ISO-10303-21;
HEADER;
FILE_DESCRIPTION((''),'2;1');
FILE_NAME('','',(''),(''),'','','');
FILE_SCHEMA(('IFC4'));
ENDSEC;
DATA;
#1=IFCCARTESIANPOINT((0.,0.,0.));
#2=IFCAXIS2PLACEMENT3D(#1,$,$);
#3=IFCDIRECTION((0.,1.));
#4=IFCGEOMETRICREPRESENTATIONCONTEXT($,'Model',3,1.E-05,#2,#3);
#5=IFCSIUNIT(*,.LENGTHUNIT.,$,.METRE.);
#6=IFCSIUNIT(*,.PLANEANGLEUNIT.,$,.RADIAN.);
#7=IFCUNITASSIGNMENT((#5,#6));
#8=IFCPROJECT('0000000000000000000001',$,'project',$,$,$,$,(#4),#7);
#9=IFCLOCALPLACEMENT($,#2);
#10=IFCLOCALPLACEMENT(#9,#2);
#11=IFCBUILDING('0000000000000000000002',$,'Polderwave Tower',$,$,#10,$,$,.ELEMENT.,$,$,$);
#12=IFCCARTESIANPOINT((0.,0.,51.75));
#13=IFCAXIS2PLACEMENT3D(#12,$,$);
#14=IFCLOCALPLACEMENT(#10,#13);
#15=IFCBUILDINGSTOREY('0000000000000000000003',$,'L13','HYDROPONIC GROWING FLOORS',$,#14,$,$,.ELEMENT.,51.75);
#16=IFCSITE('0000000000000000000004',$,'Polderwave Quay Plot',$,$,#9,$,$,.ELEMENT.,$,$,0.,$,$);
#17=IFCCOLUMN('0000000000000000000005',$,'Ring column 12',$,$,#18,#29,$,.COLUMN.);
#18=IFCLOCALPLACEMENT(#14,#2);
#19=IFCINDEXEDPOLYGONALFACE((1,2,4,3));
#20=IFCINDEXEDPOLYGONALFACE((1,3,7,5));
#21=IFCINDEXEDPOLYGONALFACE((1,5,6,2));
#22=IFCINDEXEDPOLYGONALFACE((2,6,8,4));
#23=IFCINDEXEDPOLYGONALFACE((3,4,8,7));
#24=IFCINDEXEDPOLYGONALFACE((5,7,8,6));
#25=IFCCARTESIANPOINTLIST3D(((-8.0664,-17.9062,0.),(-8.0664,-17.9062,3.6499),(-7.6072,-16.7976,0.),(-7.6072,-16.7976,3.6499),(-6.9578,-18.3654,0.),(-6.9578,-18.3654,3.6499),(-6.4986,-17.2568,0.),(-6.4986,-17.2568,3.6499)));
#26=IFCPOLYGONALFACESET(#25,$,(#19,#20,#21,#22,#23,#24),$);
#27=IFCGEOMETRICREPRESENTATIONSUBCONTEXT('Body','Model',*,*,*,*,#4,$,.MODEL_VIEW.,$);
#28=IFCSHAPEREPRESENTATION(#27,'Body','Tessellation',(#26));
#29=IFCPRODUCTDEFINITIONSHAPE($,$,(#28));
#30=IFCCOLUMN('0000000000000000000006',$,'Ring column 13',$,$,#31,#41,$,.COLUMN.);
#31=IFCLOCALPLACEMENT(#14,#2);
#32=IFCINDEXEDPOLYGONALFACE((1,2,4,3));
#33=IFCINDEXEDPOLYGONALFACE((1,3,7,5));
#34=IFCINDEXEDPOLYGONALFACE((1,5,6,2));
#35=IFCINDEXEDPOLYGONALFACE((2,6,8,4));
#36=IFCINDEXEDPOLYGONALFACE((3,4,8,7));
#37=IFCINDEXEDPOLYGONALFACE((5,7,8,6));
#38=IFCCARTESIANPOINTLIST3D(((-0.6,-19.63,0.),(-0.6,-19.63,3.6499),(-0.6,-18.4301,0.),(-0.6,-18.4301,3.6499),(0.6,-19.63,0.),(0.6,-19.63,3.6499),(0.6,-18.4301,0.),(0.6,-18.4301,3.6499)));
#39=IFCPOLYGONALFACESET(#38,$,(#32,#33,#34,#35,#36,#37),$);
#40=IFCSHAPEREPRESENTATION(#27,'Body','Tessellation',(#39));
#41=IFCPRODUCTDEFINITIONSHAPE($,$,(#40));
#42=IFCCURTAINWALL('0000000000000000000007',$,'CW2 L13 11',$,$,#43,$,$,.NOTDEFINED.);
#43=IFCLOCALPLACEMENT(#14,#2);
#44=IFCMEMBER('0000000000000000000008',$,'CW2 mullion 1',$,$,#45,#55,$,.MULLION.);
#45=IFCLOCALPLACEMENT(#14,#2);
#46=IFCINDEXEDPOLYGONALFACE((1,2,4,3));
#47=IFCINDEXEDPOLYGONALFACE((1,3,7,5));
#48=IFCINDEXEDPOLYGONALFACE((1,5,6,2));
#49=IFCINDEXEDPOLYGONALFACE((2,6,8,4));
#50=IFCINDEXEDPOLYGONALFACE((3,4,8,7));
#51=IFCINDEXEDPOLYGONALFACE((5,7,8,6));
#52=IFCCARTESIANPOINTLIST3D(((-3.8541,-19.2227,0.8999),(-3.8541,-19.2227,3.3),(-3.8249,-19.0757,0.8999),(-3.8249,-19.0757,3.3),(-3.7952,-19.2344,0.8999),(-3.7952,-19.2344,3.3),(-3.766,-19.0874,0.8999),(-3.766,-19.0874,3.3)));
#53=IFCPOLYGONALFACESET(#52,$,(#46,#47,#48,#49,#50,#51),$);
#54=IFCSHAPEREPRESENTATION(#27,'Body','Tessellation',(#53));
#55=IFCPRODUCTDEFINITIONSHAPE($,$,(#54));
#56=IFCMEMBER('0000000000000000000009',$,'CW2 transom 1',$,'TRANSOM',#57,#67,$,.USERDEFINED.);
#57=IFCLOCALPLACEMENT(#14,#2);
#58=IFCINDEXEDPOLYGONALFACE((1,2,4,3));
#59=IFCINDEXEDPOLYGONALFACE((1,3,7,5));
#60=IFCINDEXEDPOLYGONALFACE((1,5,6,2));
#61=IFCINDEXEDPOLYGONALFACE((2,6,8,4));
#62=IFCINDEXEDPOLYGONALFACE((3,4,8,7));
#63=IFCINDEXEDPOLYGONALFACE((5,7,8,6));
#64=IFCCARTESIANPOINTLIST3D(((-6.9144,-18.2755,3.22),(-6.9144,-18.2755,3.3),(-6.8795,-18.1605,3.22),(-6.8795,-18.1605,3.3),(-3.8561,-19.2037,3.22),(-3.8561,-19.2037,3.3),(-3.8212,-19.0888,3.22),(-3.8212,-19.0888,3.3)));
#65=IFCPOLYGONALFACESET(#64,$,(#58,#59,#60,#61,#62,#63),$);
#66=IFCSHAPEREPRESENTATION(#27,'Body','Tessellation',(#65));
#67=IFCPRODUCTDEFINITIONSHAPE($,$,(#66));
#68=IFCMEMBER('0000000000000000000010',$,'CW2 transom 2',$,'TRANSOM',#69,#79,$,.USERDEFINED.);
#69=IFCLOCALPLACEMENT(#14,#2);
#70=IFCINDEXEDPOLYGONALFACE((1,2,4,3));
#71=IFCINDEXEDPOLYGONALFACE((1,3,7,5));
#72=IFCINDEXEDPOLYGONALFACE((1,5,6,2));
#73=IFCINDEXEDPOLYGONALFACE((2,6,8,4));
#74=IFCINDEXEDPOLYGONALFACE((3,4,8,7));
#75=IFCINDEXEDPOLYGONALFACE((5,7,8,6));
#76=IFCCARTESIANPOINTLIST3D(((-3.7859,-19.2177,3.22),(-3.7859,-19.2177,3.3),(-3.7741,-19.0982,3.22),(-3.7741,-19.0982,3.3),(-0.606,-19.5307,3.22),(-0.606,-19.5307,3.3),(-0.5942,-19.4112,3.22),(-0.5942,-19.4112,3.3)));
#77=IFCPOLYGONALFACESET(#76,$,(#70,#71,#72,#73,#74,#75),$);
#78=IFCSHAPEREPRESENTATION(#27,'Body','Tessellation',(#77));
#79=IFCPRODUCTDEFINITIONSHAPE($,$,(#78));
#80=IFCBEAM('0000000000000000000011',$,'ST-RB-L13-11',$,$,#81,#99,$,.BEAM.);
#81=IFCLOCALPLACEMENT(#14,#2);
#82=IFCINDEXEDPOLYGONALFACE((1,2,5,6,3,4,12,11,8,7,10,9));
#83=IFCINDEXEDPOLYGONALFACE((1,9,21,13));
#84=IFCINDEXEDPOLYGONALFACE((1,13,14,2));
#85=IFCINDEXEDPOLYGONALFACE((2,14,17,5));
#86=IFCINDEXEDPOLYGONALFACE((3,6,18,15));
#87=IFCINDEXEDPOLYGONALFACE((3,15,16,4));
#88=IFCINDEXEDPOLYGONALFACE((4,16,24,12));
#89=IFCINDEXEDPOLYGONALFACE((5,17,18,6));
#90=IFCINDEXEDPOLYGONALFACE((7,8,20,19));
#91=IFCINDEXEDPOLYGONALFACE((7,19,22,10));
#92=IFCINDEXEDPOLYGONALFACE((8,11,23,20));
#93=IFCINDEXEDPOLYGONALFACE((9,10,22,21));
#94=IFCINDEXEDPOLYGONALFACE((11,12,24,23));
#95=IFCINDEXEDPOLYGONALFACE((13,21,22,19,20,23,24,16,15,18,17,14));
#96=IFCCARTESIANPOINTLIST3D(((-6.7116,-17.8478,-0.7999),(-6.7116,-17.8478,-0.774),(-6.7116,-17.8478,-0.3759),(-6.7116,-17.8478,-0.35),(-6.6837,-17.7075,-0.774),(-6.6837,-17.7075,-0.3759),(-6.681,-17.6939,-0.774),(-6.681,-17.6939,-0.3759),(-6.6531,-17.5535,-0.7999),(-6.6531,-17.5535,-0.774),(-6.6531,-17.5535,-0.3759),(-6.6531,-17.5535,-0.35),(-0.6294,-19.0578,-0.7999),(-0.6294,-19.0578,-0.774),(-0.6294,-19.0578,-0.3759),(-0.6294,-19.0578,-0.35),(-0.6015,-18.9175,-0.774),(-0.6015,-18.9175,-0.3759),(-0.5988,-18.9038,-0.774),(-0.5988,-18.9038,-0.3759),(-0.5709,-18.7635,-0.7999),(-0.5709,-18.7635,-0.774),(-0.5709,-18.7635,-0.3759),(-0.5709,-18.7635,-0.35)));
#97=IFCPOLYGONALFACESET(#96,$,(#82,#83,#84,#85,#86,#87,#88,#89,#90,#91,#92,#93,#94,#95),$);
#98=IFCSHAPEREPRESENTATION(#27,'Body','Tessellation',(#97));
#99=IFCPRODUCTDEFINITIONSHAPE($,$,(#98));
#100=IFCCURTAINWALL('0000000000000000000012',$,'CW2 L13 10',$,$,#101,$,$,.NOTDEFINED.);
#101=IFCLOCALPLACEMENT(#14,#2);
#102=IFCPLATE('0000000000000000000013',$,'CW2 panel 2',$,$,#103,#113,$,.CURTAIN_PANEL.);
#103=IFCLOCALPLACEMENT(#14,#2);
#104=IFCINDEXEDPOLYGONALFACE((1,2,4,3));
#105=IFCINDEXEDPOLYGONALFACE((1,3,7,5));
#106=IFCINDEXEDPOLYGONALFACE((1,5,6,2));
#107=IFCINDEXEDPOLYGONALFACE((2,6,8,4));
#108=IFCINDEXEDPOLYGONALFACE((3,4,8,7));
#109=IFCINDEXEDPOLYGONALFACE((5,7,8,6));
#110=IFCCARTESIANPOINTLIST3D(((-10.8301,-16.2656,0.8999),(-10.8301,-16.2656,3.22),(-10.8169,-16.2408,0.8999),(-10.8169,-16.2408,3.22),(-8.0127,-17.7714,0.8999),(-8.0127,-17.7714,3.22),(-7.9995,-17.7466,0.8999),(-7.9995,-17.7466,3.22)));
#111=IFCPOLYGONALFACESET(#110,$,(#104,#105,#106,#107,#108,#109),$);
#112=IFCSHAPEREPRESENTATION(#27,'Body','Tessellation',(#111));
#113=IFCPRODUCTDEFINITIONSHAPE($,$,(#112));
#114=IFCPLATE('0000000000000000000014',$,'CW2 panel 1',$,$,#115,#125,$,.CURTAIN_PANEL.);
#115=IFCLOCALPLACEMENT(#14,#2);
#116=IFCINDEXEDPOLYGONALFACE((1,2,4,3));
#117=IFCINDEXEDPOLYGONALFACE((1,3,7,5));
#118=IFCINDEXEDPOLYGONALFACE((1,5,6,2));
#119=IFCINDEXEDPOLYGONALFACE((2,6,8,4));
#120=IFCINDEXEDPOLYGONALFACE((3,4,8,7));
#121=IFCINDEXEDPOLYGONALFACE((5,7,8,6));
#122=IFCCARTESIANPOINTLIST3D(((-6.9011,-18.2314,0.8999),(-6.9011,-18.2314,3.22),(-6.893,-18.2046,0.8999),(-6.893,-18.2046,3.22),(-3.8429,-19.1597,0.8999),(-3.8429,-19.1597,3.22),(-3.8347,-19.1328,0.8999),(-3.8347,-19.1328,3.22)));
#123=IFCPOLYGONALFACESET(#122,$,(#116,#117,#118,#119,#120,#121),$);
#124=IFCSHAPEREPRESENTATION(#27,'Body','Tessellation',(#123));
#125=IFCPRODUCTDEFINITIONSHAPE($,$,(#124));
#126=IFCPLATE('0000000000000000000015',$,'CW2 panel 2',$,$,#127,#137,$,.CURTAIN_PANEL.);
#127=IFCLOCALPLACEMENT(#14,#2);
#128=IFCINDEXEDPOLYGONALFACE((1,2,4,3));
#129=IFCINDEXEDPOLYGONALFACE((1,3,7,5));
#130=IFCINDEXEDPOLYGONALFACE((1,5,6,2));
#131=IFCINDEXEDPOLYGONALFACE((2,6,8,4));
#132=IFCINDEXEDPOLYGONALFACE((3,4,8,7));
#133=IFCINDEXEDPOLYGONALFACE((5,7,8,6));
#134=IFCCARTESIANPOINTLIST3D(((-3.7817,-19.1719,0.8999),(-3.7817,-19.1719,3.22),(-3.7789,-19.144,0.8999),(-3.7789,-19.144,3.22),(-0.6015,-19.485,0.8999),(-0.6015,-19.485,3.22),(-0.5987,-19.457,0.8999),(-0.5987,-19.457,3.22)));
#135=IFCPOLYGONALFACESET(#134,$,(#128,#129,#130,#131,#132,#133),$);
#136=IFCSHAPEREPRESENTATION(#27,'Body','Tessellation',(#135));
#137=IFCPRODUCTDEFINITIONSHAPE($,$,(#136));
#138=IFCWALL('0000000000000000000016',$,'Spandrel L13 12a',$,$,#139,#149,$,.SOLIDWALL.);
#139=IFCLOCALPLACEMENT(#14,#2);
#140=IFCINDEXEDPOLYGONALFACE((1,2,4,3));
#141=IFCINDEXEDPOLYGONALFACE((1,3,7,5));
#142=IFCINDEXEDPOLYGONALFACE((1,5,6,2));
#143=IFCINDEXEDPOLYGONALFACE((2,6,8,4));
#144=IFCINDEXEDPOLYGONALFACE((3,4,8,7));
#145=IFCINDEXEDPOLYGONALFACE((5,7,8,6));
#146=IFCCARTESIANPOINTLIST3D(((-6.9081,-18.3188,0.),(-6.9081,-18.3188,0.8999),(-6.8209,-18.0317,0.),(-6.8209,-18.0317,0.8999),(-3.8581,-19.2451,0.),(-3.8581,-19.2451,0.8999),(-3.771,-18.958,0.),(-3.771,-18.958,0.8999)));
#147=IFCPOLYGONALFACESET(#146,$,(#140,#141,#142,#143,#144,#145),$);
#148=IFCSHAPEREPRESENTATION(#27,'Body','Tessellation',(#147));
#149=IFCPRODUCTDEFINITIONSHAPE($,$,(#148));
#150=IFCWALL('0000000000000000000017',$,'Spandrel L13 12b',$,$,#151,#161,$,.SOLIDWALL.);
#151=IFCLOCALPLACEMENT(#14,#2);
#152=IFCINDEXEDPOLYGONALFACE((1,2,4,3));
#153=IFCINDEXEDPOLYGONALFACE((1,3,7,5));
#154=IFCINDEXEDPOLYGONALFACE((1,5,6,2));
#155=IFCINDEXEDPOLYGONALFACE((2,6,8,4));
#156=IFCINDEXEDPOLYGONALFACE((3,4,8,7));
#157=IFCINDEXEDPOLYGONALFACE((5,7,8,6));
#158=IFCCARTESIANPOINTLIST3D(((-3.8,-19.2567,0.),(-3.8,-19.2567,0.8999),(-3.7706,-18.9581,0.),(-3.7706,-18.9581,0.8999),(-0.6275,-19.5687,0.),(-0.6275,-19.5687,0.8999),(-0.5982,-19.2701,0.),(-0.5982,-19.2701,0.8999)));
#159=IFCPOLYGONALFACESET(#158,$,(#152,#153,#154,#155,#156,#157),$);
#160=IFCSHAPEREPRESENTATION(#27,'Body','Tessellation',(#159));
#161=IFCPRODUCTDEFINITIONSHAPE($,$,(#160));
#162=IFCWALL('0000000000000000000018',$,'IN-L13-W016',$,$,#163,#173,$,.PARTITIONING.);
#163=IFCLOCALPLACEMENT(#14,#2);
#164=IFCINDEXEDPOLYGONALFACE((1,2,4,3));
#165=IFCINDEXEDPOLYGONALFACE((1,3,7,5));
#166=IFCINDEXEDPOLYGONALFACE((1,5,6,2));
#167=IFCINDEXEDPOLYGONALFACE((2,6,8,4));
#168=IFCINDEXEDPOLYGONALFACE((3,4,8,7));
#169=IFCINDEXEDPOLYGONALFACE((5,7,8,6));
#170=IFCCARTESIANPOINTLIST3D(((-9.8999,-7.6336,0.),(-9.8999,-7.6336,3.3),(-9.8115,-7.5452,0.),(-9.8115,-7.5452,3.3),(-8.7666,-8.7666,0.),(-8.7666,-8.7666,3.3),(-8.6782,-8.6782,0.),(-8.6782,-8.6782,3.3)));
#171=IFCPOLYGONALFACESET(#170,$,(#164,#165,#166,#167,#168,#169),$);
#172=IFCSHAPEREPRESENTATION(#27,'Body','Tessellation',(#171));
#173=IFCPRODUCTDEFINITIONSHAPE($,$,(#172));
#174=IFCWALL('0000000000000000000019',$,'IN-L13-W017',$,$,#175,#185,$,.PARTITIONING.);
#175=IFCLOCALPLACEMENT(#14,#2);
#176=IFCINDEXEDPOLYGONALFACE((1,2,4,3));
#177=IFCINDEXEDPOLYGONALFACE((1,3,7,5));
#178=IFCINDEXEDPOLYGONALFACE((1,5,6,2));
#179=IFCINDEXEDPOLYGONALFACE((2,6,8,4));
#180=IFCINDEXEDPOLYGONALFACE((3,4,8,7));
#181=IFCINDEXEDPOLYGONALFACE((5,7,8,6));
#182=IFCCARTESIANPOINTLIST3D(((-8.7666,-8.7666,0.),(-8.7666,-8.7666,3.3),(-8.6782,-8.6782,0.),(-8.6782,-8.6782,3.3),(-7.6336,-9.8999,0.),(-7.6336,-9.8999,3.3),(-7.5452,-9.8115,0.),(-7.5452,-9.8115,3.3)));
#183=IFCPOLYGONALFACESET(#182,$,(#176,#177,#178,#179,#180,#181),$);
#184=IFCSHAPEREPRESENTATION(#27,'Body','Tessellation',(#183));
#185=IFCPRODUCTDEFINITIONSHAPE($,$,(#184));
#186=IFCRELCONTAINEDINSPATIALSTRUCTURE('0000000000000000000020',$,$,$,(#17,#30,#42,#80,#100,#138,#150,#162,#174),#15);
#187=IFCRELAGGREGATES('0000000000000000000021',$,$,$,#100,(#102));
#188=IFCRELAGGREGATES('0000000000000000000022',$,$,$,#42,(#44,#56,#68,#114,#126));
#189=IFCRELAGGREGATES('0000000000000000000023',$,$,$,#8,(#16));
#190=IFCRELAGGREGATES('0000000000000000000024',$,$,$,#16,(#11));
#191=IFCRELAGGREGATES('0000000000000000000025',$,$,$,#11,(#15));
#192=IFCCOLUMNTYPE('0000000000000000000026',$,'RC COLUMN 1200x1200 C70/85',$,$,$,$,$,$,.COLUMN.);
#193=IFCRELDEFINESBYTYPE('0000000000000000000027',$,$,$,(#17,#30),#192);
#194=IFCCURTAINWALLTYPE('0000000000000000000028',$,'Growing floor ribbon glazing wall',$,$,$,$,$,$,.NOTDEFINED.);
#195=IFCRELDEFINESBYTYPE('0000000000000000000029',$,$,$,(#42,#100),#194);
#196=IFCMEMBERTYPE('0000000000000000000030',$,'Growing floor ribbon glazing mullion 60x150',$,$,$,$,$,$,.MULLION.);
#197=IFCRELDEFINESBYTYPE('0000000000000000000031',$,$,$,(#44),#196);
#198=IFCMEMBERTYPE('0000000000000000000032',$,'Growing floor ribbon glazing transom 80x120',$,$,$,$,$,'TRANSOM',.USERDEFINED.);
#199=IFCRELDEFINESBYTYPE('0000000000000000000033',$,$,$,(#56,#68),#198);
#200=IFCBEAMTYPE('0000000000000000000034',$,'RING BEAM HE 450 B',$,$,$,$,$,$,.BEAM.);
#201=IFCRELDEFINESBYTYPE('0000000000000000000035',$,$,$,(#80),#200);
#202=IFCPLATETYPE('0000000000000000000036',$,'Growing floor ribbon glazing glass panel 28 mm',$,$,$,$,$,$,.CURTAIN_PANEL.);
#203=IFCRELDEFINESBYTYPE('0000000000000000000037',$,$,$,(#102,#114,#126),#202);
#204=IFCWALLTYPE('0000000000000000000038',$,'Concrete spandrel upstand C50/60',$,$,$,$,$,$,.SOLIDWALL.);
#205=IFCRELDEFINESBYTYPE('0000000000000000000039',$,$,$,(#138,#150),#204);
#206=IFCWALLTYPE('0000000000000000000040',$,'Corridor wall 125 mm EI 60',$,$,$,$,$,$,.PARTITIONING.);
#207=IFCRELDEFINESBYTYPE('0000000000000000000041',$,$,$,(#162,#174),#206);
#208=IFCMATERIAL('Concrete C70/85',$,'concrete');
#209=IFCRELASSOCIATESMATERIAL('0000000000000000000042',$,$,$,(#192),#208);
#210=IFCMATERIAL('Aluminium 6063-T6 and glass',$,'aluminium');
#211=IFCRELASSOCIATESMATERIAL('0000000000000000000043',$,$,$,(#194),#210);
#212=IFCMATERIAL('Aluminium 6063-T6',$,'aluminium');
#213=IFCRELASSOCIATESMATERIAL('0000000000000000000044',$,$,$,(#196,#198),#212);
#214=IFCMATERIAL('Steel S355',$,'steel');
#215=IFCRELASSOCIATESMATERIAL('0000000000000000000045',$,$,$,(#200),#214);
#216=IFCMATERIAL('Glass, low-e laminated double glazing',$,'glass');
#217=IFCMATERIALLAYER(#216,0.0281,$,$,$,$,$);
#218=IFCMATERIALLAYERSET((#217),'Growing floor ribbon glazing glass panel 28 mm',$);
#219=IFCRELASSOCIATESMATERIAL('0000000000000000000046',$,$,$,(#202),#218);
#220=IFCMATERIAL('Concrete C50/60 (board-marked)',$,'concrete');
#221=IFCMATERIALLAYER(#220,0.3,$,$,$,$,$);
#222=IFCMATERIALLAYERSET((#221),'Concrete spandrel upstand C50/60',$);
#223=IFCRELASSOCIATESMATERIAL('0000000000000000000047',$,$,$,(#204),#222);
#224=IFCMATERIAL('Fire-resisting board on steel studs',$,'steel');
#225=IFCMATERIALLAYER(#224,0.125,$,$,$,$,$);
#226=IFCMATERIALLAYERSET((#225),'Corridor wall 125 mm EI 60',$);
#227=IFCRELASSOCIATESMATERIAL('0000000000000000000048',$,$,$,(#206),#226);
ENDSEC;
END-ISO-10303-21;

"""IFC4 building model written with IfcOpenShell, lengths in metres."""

from ifc_helpers import new_model, si_unit, direction, frame, frame_2d, origin, origin_2d, place, context, subcontext, project, spatial, rectangle, i_section, extrude, material, layer, layer_set, material_profile, profile_set, type_object, element, aggregate, save


model = new_model("IFC4")

# Units and contexts
model_context = context("Model", 3, precision=1e-05, world=origin(), true_north=direction((0.0, 1.0)))
body_context = subcontext(model_context, "Body", "Model", "MODEL_VIEW")
ifc_project = project(units=[si_unit("LENGTHUNIT", "METRE"), si_unit("PLANEANGLEUNIT", "RADIAN")], contexts=[model_context])

# Site, building, storey
site_placement = place(None, origin())
site = spatial("IfcSite", under=ifc_project, at=site_placement, Name="Polderwave Quay Plot", CompositionType="ELEMENT", RefElevation=0.0)
building_placement = place(site_placement, origin())
building = spatial("IfcBuilding", under=site, at=building_placement, Name="Polderwave Tower", CompositionType="ELEMENT")
storey_placement = place(building_placement, frame((0.0, 0.0, 51.75)))
storey = spatial("IfcBuildingStorey", under=building, at=storey_placement, Name="L13", Description="HYDROPONIC GROWING FLOORS", CompositionType="ELEMENT", Elevation=51.75)

# Columns
ifc_material_1 = material(Name="Concrete C70/85", Category="concrete")
ifc_material_profile_1 = material_profile(ifc_material_1, rectangle(XDim=1.2, YDim=1.2, at=origin_2d()), Name="RC 1200x1200")
ifc_profile_set_1 = profile_set([ifc_material_profile_1], Name="Concrete C70/85")
column_type = type_object("IfcColumnType", Name="RC COLUMN 1200x1200 C70/85", PredefinedType="COLUMN", material=ifc_profile_set_1)
for number, where, z_axis, x_axis, name in (
    (1, (-7.2825, -17.5815, 0.0), (0.0, 0.0, 1.0), (-0.382683, -0.92388, 0.0), "Ring column 12"),
    (2, (0.0, -19.03, 0.0), (0.0, 0.0, 1.0), (0.0, -1.0, 0.0), "Ring column 13"),
):
    element("IfcColumn", number, at=place(storey_placement, frame(where, z_axis=z_axis, x_axis=x_axis)), inside=storey, type_object=column_type, Name=name, PredefinedType="COLUMN", context=body_context, shape_type="SweptSolid", body=[
        extrude(rectangle(XDim=1.2, YDim=1.2, at=origin_2d()), origin(), (0.0, 0.0, 1.0), 3.6499),
    ])

# Curtain wall, members
ifc_material_2 = material(Name="Aluminium 6063-T6 and glass", Category="aluminium")
curtain_wall_type = type_object("IfcCurtainWallType", Name="Growing floor ribbon glazing wall", PredefinedType="NOTDEFINED", material=ifc_material_2)
curtain_wall_1_placement = place(storey_placement, origin())
curtain_wall_1 = element("IfcCurtainWall", 3, at=curtain_wall_1_placement, inside=storey, type_object=curtain_wall_type, Name="CW2 L13 11", PredefinedType="NOTDEFINED")
ifc_material_3 = material(Name="Aluminium 6063-T6", Category="aluminium")
ifc_material_profile_2 = material_profile(ifc_material_3, rectangle(XDim=0.1499, YDim=0.0601, at=origin_2d()), Name="AL 60x150")
ifc_profile_set_2 = profile_set([ifc_material_profile_2], Name="Aluminium 6063-T6")
member_type_1 = type_object("IfcMemberType", Name="Growing floor ribbon glazing mullion 60x150", PredefinedType="MULLION", material=ifc_profile_set_2)
member_1_placement = place(storey_placement, frame((-3.8101, -19.155, 0.8999), z_axis=(0.0, 0.0, 1.0), x_axis=(0.195149, 0.980774, 0.0)))
member_1 = element("IfcMember", 4, at=member_1_placement, type_object=member_type_1, Name="CW2 mullion 1", PredefinedType="MULLION", context=body_context, shape_type="SweptSolid", body=[
    extrude(rectangle(XDim=0.1499, YDim=0.0601, at=origin_2d()), origin(), (0.0, 0.0, 1.0), 2.4001),
])
ifc_material_profile_3 = material_profile(ifc_material_3, rectangle(XDim=0.1201, YDim=0.0801, at=origin_2d()), Name="AL 80x120")
ifc_profile_set_3 = profile_set([ifc_material_profile_3], Name="Aluminium 6063-T6")
member_type_2 = type_object("IfcMemberType", Name="Growing floor ribbon glazing transom 80x120", ElementType="TRANSOM", PredefinedType="USERDEFINED", material=ifc_profile_set_3)
member_2_placement = place(storey_placement, frame((-6.897, -18.218, 3.26), z_axis=(0.956898, -0.290423, 0.0), x_axis=(0.290423, 0.956898, 0.0)))
member_2 = element("IfcMember", 5, at=member_2_placement, type_object=member_type_2, Name="CW2 transom 1", ObjectType="TRANSOM", PredefinedType="USERDEFINED", context=body_context, shape_type="SweptSolid", body=[
    extrude(rectangle(XDim=0.1201, YDim=0.0801, at=origin_2d()), origin(), (0.0, 0.0, 1.0), 3.196),
])
member_3_placement = place(storey_placement, frame((-3.78, -19.158, 3.26), z_axis=(0.995191, -0.097953, 0.0), x_axis=(0.097953, 0.995191, 0.0)))
member_3 = element("IfcMember", 6, at=member_3_placement, type_object=member_type_2, Name="CW2 transom 2", ObjectType="TRANSOM", PredefinedType="USERDEFINED", context=body_context, shape_type="SweptSolid", body=[
    extrude(rectangle(XDim=0.1201, YDim=0.0801, at=origin_2d()), origin(), (0.0, 0.0, 1.0), 3.1953),
])

# Beam
ifc_material_4 = material(Name="Steel S355", Category="steel")
ifc_material_profile_4 = material_profile(ifc_material_4, i_section(OverallWidth=0.3, OverallDepth=0.45, WebThickness=0.0139, FlangeThickness=0.0259, at=origin_2d()), Name="HE 450 B")
ifc_profile_set_4 = profile_set([ifc_material_profile_4], Name="Steel S355")
beam_type = type_object("IfcBeamType", Name="RING BEAM HE 450 B", PredefinedType="BEAM", material=ifc_profile_set_4)
beam_placement = place(storey_placement, frame((-6.6824, -17.7007, -0.575), z_axis=(0.980782, -0.195109, 0.0), x_axis=(0.195109, 0.980782, 0.0)))
element("IfcBeam", 7, at=beam_placement, inside=storey, type_object=beam_type, Name="ST-RB-L13-11", PredefinedType="BEAM", context=body_context, shape_type="SweptSolid", body=[
    extrude(i_section(OverallWidth=0.3, OverallDepth=0.45, WebThickness=0.0139, FlangeThickness=0.0259, at=origin_2d()), origin(), (0.0, 0.0, 1.0), 6.2014),
])

# Curtain wall, plate
curtain_wall_2_placement = place(storey_placement, origin())
curtain_wall_2 = element("IfcCurtainWall", 8, at=curtain_wall_2_placement, inside=storey, type_object=curtain_wall_type, Name="CW2 L13 10", PredefinedType="NOTDEFINED")
ifc_material_5 = material(Name="Glass, low-e laminated double glazing", Category="glass")
ifc_layer_1 = layer(ifc_material_5, 0.0281)
ifc_layer_set_1 = layer_set([ifc_layer_1], Name="Growing floor ribbon glazing glass panel 28 mm")
plate_type = type_object("IfcPlateType", Name="Growing floor ribbon glazing glass panel 28 mm", PredefinedType="CURTAIN_PANEL", material=ifc_layer_set_1)
plate_1_placement = place(storey_placement, frame((-9.4148, -17.0061, 0.8999), z_axis=(0.0, 0.0, 1.0), x_axis=(0.88194, -0.471361, 0.0)))
plate_1 = element("IfcPlate", 9, at=plate_1_placement, type_object=plate_type, Name="CW2 panel 2", PredefinedType="CURTAIN_PANEL", context=body_context, shape_type="SweptSolid", body=[
    extrude(rectangle(XDim=3.1946, YDim=0.0281, at=origin_2d()), origin(), (0.0, 0.0, 1.0), 2.3201),
])
aggregate(curtain_wall_2, [plate_1])

# Plates
plate_2_placement = place(storey_placement, frame((-5.3679, -18.6821, 0.8999), z_axis=(0.0, 0.0, 1.0), x_axis=(0.956891, -0.290447, 0.0)))
plate_2 = element("IfcPlate", 10, at=plate_2_placement, type_object=plate_type, Name="CW2 panel 1", PredefinedType="CURTAIN_PANEL", context=body_context, shape_type="SweptSolid", body=[
    extrude(rectangle(XDim=3.196, YDim=0.0281, at=origin_2d()), origin(), (0.0, 0.0, 1.0), 2.3201),
])
plate_3_placement = place(storey_placement, frame((-2.1902, -19.3145, 0.8999), z_axis=(0.0, 0.0, 1.0), x_axis=(0.99519, -0.097969, 0.0)))
plate_3 = element("IfcPlate", 11, at=plate_3_placement, type_object=plate_type, Name="CW2 panel 2", PredefinedType="CURTAIN_PANEL", context=body_context, shape_type="SweptSolid", body=[
    extrude(rectangle(XDim=3.1956, YDim=0.0281, at=origin_2d()), origin(), (0.0, 0.0, 1.0), 2.3201),
])
aggregate(curtain_wall_1, [member_1, member_2, member_3, plate_2, plate_3])

# Walls
ifc_material_6 = material(Name="Concrete C50/60 (board-marked)", Category="concrete")
ifc_layer_2 = layer(ifc_material_6, 0.3)
ifc_layer_set_2 = layer_set([ifc_layer_2], Name="Concrete spandrel upstand C50/60")
wall_type_1 = type_object("IfcWallType", Name="Concrete spandrel upstand C50/60", PredefinedType="SOLIDWALL", material=ifc_layer_set_2)
wall_1_placement = place(storey_placement, frame((-6.8645, -18.1753, 0.0), z_axis=(0.0, 0.0, 1.0), x_axis=(0.956849, -0.290586, 0.0)))
element("IfcWall", 12, at=wall_1_placement, inside=storey, type_object=wall_type_1, Name="Spandrel L13 12a", PredefinedType="SOLIDWALL", context=body_context, shape_type="SweptSolid", body=[
    extrude(rectangle(XDim=3.1875, YDim=0.3, at=frame_2d((1.5938, 0.0))), origin(), (0.0, 0.0, 1.0), 0.8999),
])
wall_2_placement = place(storey_placement, frame((-3.7852, -19.1074, 0.0), z_axis=(0.0, 0.0, 1.0), x_axis=(0.995198, -0.097881, 0.0)))
element("IfcWall", 13, at=wall_2_placement, inside=storey, type_object=wall_type_1, Name="Spandrel L13 12b", PredefinedType="SOLIDWALL", context=body_context, shape_type="SweptSolid", body=[
    extrude(rectangle(XDim=3.1877, YDim=0.3, at=frame_2d((1.5938, 0.0))), origin(), (0.0, 0.0, 1.0), 0.8999),
])
ifc_material_7 = material(Name="Fire-resisting board on steel studs", Category="steel")
ifc_layer_3 = layer(ifc_material_7, 0.125)
ifc_layer_set_3 = layer_set([ifc_layer_3], Name="Corridor wall 125 mm EI 60")
wall_type_2 = type_object("IfcWallType", Name="Corridor wall 125 mm EI 60", PredefinedType="PARTITIONING", material=ifc_layer_set_3)
for number, where, z_axis, x_axis, name in (
    (14, (-8.7224, -8.7224, 0.0), (0.0, 0.0, 1.0), (-0.707183, 0.707031, 0.0), "IN-L13-W016"),
    (15, (-7.5894, -9.8557, 0.0), (0.0, 0.0, 1.0), (-0.707031, 0.707183, 0.0), "IN-L13-W017"),
):
    element("IfcWall", number, at=place(storey_placement, frame(where, z_axis=z_axis, x_axis=x_axis)), inside=storey, type_object=wall_type_2, Name=name, PredefinedType="PARTITIONING", context=body_context, shape_type="SweptSolid", body=[
        extrude(rectangle(XDim=1.6025, YDim=0.125, at=frame_2d((0.8013, 0.0))), origin(), (0.0, 0.0, 1.0), 3.3),
    ])

save(model, "model.ifc")
